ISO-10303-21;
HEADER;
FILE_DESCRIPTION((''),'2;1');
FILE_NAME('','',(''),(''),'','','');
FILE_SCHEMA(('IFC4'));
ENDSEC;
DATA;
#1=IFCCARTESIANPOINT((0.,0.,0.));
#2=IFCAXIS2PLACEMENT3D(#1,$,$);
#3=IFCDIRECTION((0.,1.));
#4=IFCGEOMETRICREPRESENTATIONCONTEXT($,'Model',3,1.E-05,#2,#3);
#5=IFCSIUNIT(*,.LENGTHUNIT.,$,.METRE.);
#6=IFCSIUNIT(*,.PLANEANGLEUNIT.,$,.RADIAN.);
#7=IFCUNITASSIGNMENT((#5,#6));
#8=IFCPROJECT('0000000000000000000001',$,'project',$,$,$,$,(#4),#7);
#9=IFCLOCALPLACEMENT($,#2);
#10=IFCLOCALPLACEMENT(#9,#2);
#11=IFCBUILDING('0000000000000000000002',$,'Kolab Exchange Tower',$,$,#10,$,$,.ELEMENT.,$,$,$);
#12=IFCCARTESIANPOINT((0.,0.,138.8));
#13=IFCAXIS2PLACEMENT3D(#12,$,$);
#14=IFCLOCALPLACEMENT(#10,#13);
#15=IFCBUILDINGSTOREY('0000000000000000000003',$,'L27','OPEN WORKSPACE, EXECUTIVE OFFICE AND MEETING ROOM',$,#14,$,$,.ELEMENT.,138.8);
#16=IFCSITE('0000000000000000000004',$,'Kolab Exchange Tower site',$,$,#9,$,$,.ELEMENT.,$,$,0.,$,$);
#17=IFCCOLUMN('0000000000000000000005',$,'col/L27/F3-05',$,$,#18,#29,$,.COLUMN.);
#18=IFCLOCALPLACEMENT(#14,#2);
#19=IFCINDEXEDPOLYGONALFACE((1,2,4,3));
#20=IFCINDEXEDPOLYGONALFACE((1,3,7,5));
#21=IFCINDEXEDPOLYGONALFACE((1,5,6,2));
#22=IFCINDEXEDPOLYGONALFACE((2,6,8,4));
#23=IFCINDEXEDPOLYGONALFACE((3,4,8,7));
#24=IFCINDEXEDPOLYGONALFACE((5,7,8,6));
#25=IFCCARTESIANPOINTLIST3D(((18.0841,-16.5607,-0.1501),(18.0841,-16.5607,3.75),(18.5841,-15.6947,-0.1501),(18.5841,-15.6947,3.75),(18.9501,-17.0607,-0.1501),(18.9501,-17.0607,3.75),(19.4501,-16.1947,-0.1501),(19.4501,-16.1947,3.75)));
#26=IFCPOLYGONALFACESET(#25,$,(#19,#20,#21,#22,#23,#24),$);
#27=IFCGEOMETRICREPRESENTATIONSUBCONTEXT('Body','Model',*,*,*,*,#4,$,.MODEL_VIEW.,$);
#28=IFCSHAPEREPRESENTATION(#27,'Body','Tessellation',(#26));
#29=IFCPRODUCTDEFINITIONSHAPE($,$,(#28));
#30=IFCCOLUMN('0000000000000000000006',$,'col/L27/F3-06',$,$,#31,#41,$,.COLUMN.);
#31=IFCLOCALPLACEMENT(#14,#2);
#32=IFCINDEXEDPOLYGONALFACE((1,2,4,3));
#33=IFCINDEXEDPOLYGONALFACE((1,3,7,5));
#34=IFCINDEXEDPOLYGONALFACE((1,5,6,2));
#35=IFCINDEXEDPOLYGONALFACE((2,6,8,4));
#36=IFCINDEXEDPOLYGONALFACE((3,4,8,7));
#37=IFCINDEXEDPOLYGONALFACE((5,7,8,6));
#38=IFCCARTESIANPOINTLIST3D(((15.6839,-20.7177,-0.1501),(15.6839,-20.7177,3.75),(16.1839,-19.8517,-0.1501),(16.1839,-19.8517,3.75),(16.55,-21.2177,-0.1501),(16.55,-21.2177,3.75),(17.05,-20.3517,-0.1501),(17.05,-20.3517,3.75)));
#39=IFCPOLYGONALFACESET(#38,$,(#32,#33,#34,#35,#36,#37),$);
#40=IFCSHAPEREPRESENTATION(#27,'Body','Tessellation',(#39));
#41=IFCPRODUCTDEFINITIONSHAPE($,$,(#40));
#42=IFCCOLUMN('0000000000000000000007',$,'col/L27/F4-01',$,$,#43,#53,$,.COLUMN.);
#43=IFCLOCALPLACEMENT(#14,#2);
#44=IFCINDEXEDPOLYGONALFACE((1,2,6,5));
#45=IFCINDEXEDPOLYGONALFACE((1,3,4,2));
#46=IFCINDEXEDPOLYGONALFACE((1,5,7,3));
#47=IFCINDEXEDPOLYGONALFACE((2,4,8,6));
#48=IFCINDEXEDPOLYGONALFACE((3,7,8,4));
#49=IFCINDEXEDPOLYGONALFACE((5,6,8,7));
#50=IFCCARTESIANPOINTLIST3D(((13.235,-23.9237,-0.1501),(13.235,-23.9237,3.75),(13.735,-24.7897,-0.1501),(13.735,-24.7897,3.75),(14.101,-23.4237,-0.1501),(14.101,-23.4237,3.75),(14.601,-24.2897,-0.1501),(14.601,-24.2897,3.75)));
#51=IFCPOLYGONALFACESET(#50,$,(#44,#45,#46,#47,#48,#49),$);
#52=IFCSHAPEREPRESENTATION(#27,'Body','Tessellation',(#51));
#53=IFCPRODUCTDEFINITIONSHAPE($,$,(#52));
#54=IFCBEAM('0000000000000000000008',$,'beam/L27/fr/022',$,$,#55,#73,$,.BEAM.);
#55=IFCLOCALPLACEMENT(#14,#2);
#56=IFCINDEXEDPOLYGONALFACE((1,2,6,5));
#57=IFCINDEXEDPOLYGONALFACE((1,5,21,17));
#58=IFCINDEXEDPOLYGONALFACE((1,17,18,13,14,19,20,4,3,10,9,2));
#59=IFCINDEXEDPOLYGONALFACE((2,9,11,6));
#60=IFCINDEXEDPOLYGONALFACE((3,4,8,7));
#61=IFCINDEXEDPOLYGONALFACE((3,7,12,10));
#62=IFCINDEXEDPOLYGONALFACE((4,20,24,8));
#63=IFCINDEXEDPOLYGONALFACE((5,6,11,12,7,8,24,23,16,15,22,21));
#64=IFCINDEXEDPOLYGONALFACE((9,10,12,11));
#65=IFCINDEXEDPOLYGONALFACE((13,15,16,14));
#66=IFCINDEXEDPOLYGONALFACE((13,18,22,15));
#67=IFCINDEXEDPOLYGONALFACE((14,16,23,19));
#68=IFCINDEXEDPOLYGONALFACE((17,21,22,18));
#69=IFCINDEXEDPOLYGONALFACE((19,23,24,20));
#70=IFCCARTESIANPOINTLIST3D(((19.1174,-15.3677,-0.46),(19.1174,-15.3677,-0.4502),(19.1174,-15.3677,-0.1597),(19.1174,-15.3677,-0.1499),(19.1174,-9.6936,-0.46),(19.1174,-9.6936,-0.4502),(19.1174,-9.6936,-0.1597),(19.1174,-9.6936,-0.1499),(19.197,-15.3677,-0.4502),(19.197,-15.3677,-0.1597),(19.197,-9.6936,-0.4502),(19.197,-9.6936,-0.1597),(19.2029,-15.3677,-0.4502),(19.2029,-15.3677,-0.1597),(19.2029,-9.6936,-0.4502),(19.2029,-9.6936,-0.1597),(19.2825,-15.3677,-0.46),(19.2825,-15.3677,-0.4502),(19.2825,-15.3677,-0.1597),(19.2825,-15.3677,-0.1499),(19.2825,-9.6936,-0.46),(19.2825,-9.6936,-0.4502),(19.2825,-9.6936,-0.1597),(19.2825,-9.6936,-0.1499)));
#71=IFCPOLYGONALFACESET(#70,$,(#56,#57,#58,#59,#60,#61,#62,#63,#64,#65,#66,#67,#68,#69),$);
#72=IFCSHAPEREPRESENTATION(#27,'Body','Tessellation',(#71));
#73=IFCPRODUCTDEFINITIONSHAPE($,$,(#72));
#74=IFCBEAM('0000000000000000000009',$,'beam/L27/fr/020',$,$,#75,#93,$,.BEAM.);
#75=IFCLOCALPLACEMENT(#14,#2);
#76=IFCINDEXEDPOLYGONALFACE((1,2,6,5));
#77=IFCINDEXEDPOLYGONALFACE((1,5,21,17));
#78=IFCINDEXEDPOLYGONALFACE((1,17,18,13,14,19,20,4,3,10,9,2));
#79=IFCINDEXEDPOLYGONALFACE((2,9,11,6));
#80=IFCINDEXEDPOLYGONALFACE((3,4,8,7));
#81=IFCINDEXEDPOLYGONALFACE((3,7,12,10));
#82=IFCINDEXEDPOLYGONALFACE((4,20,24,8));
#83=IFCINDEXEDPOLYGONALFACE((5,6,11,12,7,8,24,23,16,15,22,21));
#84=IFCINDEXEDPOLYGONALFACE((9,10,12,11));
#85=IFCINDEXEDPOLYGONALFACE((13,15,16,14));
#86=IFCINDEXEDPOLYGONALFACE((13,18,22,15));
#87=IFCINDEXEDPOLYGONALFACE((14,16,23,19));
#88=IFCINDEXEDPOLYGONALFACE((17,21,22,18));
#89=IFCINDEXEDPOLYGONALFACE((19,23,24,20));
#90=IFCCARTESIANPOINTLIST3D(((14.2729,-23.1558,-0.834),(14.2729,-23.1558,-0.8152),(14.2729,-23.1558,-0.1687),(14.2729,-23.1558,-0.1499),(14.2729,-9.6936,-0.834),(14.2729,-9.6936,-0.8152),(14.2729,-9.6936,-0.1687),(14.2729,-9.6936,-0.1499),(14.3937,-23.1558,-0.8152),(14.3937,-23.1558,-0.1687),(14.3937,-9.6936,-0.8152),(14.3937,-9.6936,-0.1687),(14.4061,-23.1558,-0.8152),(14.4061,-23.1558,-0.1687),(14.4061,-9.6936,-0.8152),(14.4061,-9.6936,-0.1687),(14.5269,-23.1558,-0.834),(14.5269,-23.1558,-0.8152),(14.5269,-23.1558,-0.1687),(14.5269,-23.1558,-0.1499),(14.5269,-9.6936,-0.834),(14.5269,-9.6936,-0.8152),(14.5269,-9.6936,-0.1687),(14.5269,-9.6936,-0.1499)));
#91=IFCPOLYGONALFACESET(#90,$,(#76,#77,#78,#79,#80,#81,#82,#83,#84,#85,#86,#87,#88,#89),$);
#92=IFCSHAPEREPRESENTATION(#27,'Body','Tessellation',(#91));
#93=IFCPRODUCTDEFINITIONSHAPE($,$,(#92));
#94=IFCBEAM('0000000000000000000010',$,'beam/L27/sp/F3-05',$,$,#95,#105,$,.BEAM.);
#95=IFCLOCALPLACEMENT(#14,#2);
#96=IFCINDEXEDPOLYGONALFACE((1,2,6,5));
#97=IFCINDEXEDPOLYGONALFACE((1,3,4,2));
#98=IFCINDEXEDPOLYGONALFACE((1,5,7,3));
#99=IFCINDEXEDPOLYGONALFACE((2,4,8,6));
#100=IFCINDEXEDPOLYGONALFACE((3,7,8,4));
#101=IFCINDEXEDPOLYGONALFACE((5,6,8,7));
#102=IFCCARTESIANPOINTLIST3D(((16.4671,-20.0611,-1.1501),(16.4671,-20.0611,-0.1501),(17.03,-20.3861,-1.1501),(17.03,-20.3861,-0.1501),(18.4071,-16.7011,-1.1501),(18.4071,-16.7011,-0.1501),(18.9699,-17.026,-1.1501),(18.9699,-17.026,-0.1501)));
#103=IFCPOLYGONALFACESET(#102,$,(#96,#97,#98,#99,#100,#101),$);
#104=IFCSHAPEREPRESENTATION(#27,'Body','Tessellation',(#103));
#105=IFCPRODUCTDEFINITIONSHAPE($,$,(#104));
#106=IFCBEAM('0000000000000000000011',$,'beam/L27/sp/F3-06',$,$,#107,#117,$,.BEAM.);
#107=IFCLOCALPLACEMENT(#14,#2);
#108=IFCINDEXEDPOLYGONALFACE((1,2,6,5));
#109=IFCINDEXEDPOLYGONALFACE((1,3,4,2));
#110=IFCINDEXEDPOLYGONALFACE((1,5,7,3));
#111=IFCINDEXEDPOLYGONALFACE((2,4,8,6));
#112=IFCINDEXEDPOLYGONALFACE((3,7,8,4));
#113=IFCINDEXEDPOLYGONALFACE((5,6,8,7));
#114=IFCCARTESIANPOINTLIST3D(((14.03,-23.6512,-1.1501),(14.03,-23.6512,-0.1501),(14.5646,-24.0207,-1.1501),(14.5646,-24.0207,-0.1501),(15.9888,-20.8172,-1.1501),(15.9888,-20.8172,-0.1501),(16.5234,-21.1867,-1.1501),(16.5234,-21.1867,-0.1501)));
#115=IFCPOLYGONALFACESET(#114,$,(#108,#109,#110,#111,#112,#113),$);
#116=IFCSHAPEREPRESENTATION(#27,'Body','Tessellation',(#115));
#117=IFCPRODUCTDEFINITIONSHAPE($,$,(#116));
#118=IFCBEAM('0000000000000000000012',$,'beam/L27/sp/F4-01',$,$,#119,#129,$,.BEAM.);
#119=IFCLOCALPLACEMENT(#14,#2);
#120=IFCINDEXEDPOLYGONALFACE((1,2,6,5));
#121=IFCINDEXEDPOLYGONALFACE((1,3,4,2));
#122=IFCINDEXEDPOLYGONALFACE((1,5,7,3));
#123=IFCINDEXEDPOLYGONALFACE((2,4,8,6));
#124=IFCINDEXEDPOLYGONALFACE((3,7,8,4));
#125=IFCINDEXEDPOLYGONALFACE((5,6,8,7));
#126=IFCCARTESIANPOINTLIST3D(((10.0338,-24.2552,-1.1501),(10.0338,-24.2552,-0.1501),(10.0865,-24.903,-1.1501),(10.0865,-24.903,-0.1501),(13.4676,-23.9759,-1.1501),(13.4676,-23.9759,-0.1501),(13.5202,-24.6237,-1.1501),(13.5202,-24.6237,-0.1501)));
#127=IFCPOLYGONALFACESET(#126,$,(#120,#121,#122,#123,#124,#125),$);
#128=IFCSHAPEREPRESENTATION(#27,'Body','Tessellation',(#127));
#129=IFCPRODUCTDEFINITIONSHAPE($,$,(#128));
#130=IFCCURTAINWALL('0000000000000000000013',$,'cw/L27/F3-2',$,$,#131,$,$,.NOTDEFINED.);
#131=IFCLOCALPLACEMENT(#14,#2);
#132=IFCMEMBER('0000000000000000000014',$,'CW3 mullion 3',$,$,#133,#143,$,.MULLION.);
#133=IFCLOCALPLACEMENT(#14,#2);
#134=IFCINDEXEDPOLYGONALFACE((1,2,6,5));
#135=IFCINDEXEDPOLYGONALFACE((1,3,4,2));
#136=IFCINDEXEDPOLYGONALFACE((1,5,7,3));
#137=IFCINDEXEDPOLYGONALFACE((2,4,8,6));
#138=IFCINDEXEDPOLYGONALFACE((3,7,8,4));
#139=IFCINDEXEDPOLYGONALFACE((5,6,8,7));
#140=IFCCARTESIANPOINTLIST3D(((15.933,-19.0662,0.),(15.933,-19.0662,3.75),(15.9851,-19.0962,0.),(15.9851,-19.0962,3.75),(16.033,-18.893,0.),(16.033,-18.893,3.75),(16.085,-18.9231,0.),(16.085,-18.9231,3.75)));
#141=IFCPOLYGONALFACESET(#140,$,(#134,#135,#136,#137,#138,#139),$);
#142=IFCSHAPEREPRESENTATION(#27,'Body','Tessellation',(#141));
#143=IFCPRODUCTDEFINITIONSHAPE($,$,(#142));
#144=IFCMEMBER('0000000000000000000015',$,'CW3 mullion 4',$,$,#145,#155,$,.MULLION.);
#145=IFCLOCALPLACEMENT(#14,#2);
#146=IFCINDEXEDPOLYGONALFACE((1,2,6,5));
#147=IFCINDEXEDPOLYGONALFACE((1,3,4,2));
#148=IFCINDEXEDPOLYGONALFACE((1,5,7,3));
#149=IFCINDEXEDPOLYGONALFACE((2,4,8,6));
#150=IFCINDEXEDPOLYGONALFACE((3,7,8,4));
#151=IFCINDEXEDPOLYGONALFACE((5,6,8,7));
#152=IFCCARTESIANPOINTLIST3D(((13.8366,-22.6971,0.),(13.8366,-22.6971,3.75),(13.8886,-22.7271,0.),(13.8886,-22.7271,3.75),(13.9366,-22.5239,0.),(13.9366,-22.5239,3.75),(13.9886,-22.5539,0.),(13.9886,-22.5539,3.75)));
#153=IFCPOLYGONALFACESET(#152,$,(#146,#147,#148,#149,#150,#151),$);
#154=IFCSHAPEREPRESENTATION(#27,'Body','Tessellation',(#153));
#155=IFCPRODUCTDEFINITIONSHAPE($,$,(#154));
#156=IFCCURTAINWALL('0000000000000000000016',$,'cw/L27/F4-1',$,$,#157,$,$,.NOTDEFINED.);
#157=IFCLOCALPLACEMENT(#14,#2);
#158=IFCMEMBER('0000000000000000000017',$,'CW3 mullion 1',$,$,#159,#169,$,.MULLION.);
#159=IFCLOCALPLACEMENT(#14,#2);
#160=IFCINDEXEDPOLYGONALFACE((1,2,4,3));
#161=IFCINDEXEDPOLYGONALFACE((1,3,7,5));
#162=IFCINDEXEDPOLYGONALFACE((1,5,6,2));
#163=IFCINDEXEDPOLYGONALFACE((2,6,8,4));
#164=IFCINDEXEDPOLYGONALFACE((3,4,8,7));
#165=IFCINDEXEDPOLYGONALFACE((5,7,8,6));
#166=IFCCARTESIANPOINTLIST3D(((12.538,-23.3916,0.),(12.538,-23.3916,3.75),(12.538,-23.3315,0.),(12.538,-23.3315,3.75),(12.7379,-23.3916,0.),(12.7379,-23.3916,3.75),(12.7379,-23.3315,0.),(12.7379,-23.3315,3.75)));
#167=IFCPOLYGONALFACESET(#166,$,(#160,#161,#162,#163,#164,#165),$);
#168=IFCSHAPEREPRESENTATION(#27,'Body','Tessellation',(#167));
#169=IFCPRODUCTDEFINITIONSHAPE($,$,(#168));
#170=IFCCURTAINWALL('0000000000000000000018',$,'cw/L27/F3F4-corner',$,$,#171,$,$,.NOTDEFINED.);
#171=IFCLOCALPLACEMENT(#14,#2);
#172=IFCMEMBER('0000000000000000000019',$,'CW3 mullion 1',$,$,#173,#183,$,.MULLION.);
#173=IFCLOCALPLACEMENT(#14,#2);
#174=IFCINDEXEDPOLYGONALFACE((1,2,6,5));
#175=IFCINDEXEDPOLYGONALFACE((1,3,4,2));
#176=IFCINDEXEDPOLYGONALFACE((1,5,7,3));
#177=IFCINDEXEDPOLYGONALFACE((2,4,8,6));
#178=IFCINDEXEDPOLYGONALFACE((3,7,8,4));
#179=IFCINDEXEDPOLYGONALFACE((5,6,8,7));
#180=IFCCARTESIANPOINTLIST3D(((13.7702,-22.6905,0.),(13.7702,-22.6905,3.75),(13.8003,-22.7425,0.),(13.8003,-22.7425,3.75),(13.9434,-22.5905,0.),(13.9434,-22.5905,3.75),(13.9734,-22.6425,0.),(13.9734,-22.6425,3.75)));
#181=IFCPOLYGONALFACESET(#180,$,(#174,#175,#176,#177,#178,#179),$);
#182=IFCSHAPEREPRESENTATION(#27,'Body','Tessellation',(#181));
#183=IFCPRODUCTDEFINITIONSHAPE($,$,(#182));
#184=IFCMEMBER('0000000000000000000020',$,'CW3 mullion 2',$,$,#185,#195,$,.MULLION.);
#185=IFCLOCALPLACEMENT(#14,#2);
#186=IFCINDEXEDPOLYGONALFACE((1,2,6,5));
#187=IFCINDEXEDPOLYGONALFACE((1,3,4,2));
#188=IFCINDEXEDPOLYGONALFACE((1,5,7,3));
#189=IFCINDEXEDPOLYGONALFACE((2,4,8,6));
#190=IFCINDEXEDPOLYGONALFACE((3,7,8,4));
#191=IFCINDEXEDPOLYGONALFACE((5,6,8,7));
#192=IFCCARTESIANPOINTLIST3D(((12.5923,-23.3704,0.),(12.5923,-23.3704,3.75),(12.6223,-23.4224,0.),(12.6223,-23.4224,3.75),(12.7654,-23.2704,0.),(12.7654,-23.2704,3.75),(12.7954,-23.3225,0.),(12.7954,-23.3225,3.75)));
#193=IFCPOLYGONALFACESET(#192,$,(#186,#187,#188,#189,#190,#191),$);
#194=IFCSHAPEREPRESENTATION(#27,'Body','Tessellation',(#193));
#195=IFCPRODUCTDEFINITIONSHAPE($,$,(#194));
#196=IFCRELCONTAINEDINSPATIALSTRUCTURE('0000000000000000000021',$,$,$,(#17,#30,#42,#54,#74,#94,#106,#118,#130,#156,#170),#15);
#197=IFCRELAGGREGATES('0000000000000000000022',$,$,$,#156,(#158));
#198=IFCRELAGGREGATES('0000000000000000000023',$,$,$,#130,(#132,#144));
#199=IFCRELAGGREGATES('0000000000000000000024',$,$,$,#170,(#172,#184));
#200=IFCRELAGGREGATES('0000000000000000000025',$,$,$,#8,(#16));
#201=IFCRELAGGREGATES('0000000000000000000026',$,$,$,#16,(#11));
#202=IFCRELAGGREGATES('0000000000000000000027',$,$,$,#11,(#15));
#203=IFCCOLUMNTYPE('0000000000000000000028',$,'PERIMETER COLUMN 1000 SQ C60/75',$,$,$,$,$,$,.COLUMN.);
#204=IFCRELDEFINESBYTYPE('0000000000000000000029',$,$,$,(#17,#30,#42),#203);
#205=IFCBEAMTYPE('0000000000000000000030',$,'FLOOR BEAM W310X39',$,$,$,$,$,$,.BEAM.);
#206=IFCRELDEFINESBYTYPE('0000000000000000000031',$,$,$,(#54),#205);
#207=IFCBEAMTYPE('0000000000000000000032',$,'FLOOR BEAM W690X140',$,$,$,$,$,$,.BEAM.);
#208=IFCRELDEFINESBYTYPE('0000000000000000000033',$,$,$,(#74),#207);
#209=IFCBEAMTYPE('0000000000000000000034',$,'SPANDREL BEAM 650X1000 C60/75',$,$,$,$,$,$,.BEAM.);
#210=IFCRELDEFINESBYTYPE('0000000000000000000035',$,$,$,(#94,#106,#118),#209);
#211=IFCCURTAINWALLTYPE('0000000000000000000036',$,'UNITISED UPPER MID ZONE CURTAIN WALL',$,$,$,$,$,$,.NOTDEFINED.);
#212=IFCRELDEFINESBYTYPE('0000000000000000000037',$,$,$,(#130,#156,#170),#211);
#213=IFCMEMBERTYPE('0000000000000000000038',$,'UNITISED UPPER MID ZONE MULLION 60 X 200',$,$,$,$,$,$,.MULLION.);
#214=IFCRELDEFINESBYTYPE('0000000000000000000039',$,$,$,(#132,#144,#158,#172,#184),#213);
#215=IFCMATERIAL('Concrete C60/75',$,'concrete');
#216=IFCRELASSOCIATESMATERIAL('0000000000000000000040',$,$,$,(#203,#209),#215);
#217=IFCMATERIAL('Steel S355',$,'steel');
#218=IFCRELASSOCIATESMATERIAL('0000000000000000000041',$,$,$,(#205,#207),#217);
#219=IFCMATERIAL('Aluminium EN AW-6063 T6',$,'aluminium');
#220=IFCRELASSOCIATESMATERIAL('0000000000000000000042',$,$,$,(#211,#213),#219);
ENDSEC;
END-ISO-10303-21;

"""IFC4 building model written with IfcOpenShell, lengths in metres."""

from ifc_helpers import new_model, si_unit, direction, frame, origin, origin_2d, place, context, subcontext, project, spatial, rectangle, i_section, extrude, material, material_profile, profile_set, type_object, element, aggregate, save


model = new_model("IFC4")

# Units and contexts
model_context = context("Model", 3, precision=1e-05, world=origin(), true_north=direction((0.0, 1.0)))
body_context = subcontext(model_context, "Body", "Model", "MODEL_VIEW")
ifc_project = project(units=[si_unit("LENGTHUNIT", "METRE"), si_unit("PLANEANGLEUNIT", "RADIAN")], contexts=[model_context])

# Site, building, storey
site_placement = place(None, origin())
site = spatial("IfcSite", under=ifc_project, at=site_placement, Name="Kolab Exchange Tower site", CompositionType="ELEMENT", RefElevation=0.0)
building_placement = place(site_placement, origin())
building = spatial("IfcBuilding", under=site, at=building_placement, Name="Kolab Exchange Tower", CompositionType="ELEMENT")
storey_placement = place(building_placement, frame((0.0, 0.0, 138.8)))
storey = spatial("IfcBuildingStorey", under=building, at=storey_placement, Name="L27", Description="OPEN WORKSPACE, EXECUTIVE OFFICE AND MEETING ROOM", CompositionType="ELEMENT", Elevation=138.8)

# Columns
ifc_material_1 = material(Name="Concrete C60/75", Category="concrete")
ifc_material_profile_1 = material_profile(ifc_material_1, rectangle(XDim=1.0, YDim=1.0, at=origin_2d()), Name="RC1000")
ifc_profile_set_1 = profile_set([ifc_material_profile_1], Name="Concrete C60/75")
column_type = type_object("IfcColumnType", Name="PERIMETER COLUMN 1000 SQ C60/75", PredefinedType="COLUMN", material=ifc_profile_set_1)
for number, where, z_axis, x_axis, name in (
    (1, (18.7671, -16.3777, -0.1501), (0.0, 0.0, 1.0), (0.5, 0.866025, 0.0), "col/L27/F3-05"),
    (2, (16.3669, -20.5347, -0.1501), (0.0, 0.0, 1.0), (0.5, 0.866025, 0.0), "col/L27/F3-06"),
    (3, (13.918, -24.1067, -0.1501), (0.0, 0.0, 1.0), (0.866025, 0.5, 0.0), "col/L27/F4-01"),
):
    element("IfcColumn", number, at=place(storey_placement, frame(where, z_axis=z_axis, x_axis=x_axis)), inside=storey, type_object=column_type, Name=name, PredefinedType="COLUMN", context=body_context, shape_type="SweptSolid", body=[
        extrude(rectangle(XDim=1.0, YDim=1.0, at=origin_2d()), origin(), (0.0, 0.0, 1.0), 3.9001),
    ])

# Beams
ifc_material_2 = material(Name="Steel S355", Category="steel")
ifc_material_profile_2 = material_profile(ifc_material_2, i_section(OverallWidth=0.165, OverallDepth=0.3101, WebThickness=0.0059, FlangeThickness=0.0098, at=origin_2d()), Name="W310X39")
ifc_profile_set_2 = profile_set([ifc_material_profile_2], Name="Steel S355")
beam_type_1 = type_object("IfcBeamType", Name="FLOOR BEAM W310X39", PredefinedType="BEAM", material=ifc_profile_set_2)
beam_1_placement = place(storey_placement, frame((19.2, -15.3677, -0.3049), z_axis=(0.0, 1.0, 0.0), x_axis=(-1.0, 0.0, 0.0)))
element("IfcBeam", 4, at=beam_1_placement, inside=storey, type_object=beam_type_1, Name="beam/L27/fr/022", PredefinedType="BEAM", context=body_context, shape_type="SweptSolid", body=[
    extrude(i_section(OverallWidth=0.165, OverallDepth=0.3101, WebThickness=0.0059, FlangeThickness=0.0098, at=origin_2d()), origin(), (0.0, 0.0, 1.0), 5.6741),
])
ifc_material_profile_3 = material_profile(ifc_material_2, i_section(OverallWidth=0.2539, OverallDepth=0.6841, WebThickness=0.0125, FlangeThickness=0.0188, at=origin_2d()), Name="W690X140")
ifc_profile_set_3 = profile_set([ifc_material_profile_3], Name="Steel S355")
beam_type_2 = type_object("IfcBeamType", Name="FLOOR BEAM W690X140", PredefinedType="BEAM", material=ifc_profile_set_3)
beam_2_placement = place(storey_placement, frame((14.3999, -23.1558, -0.4919), z_axis=(0.0, 1.0, 0.0), x_axis=(-1.0, 0.0, 0.0)))
element("IfcBeam", 5, at=beam_2_placement, inside=storey, type_object=beam_type_2, Name="beam/L27/fr/020", PredefinedType="BEAM", context=body_context, shape_type="SweptSolid", body=[
    extrude(i_section(OverallWidth=0.2539, OverallDepth=0.6841, WebThickness=0.0125, FlangeThickness=0.0188, at=origin_2d()), origin(), (0.0, 0.0, 1.0), 13.4622),
])
ifc_material_profile_4 = material_profile(ifc_material_1, rectangle(XDim=0.6499, YDim=1.0, at=origin_2d()), Name="RC650X1000")
ifc_profile_set_4 = profile_set([ifc_material_profile_4], Name="Concrete C60/75")
beam_type_3 = type_object("IfcBeamType", Name="SPANDREL BEAM 650X1000 C60/75", PredefinedType="BEAM", material=ifc_profile_set_4)
beam_3_placement = place(storey_placement, frame((18.6885, -16.8635, -0.6501), z_axis=(-0.499997, -0.866027, 0.0), x_axis=(0.866027, -0.499997, 0.0)))
element("IfcBeam", 6, at=beam_3_placement, inside=storey, type_object=beam_type_3, Name="beam/L27/sp/F3-05", PredefinedType="BEAM", context=body_context, shape_type="SweptSolid", body=[
    extrude(rectangle(XDim=0.6499, YDim=1.0, at=origin_2d()), origin(), (0.0, 0.0, 1.0), 3.8799),
])
for number, where, z_axis, x_axis, name in (
    (7, (16.2561, -21.002, -0.6501), (-0.568572, -0.822633, 0.0), (0.822633, -0.568572, 0.0), "beam/L27/sp/F3-06"),
    (8, (13.4939, -24.2998, -0.6501), (-0.996708, -0.081069, 0.0), (0.081069, -0.996708, 0.0), "beam/L27/sp/F4-01"),
):
    element("IfcBeam", number, at=place(storey_placement, frame(where, z_axis=z_axis, x_axis=x_axis)), inside=storey, type_object=beam_type_3, Name=name, PredefinedType="BEAM", context=body_context, shape_type="SweptSolid", body=[
        extrude(rectangle(XDim=0.6499, YDim=1.0, at=origin_2d()), origin(), (0.0, 0.0, 1.0), 3.4451),
    ])

# Curtain wall, members
ifc_material_3 = material(Name="Aluminium EN AW-6063 T6", Category="aluminium")
curtain_wall_type = type_object("IfcCurtainWallType", Name="UNITISED UPPER MID ZONE CURTAIN WALL", PredefinedType="NOTDEFINED", material=ifc_material_3)
curtain_wall_1_placement = place(storey_placement, origin())
curtain_wall_1 = element("IfcCurtainWall", 9, at=curtain_wall_1_placement, inside=storey, type_object=curtain_wall_type, Name="cw/L27/F3-2", PredefinedType="NOTDEFINED")
ifc_material_profile_5 = material_profile(ifc_material_3, rectangle(XDim=0.0601, YDim=0.2, at=origin_2d()), Name="RECT 60X200")
ifc_profile_set_5 = profile_set([ifc_material_profile_5], Name="Aluminium EN AW-6063 T6")
member_type_1 = type_object("IfcMemberType", Name="UNITISED UPPER MID ZONE MULLION 60 X 200", PredefinedType="MULLION", material=ifc_profile_set_5)
member_1_placement = place(storey_placement, frame((16.009, -18.9946, 0.0), z_axis=(0.0, 0.0, 1.0), x_axis=(0.866025, -0.5, 0.0)))
member_1 = element("IfcMember", 10, at=member_1_placement, type_object=member_type_1, Name="CW3 mullion 3", PredefinedType="MULLION", context=body_context, shape_type="SweptSolid", body=[
    extrude(rectangle(XDim=0.0601, YDim=0.2, at=origin_2d()), origin(), (0.0, 0.0, 1.0), 3.75),
])
member_2_placement = place(storey_placement, frame((13.9126, -22.6255, 0.0), z_axis=(0.0, 0.0, 1.0), x_axis=(0.866025, -0.5, 0.0)))
member_2 = element("IfcMember", 11, at=member_2_placement, type_object=member_type_1, Name="CW3 mullion 4", PredefinedType="MULLION", context=body_context, shape_type="SweptSolid", body=[
    extrude(rectangle(XDim=0.0601, YDim=0.2, at=origin_2d()), origin(), (0.0, 0.0, 1.0), 3.75),
])

# Curtain wall, member
curtain_wall_2_placement = place(storey_placement, origin())
curtain_wall_2 = element("IfcCurtainWall", 12, at=curtain_wall_2_placement, inside=storey, type_object=curtain_wall_type, Name="cw/L27/F4-1", PredefinedType="NOTDEFINED")
member_3_placement = place(storey_placement, frame((12.6379, -23.3616, 0.0), z_axis=(0.0, 0.0, 1.0), x_axis=(0.0, -1.0, 0.0)))
member_3 = element("IfcMember", 13, at=member_3_placement, type_object=member_type_1, Name="CW3 mullion 1", PredefinedType="MULLION", context=body_context, shape_type="SweptSolid", body=[
    extrude(rectangle(XDim=0.0601, YDim=0.2, at=origin_2d()), origin(), (0.0, 0.0, 1.0), 3.75),
])

# Curtain wall, members
curtain_wall_3_placement = place(storey_placement, origin())
curtain_wall_3 = element("IfcCurtainWall", 14, at=curtain_wall_3_placement, inside=storey, type_object=curtain_wall_type, Name="cw/L27/F3F4-corner", PredefinedType="NOTDEFINED")
member_4_placement = place(storey_placement, frame((13.8718, -22.6665, 0.0), z_axis=(0.0, 0.0, 1.0), x_axis=(0.5, -0.866025, 0.0)))
member_4 = element("IfcMember", 15, at=member_4_placement, type_object=member_type_1, Name="CW3 mullion 1", PredefinedType="MULLION", context=body_context, shape_type="SweptSolid", body=[
    extrude(rectangle(XDim=0.0601, YDim=0.2, at=origin_2d()), origin(), (0.0, 0.0, 1.0), 3.75),
])
member_5_placement = place(storey_placement, frame((12.6938, -23.3464, 0.0), z_axis=(0.0, 0.0, 1.0), x_axis=(0.5, -0.866025, 0.0)))
member_5 = element("IfcMember", 16, at=member_5_placement, type_object=member_type_1, Name="CW3 mullion 2", PredefinedType="MULLION", context=body_context, shape_type="SweptSolid", body=[
    extrude(rectangle(XDim=0.0601, YDim=0.2, at=origin_2d()), origin(), (0.0, 0.0, 1.0), 3.75),
])

aggregate(curtain_wall_2, [member_3])

aggregate(curtain_wall_1, [member_1, member_2])
aggregate(curtain_wall_3, [member_4, member_5])

save(model, "model.ifc")
